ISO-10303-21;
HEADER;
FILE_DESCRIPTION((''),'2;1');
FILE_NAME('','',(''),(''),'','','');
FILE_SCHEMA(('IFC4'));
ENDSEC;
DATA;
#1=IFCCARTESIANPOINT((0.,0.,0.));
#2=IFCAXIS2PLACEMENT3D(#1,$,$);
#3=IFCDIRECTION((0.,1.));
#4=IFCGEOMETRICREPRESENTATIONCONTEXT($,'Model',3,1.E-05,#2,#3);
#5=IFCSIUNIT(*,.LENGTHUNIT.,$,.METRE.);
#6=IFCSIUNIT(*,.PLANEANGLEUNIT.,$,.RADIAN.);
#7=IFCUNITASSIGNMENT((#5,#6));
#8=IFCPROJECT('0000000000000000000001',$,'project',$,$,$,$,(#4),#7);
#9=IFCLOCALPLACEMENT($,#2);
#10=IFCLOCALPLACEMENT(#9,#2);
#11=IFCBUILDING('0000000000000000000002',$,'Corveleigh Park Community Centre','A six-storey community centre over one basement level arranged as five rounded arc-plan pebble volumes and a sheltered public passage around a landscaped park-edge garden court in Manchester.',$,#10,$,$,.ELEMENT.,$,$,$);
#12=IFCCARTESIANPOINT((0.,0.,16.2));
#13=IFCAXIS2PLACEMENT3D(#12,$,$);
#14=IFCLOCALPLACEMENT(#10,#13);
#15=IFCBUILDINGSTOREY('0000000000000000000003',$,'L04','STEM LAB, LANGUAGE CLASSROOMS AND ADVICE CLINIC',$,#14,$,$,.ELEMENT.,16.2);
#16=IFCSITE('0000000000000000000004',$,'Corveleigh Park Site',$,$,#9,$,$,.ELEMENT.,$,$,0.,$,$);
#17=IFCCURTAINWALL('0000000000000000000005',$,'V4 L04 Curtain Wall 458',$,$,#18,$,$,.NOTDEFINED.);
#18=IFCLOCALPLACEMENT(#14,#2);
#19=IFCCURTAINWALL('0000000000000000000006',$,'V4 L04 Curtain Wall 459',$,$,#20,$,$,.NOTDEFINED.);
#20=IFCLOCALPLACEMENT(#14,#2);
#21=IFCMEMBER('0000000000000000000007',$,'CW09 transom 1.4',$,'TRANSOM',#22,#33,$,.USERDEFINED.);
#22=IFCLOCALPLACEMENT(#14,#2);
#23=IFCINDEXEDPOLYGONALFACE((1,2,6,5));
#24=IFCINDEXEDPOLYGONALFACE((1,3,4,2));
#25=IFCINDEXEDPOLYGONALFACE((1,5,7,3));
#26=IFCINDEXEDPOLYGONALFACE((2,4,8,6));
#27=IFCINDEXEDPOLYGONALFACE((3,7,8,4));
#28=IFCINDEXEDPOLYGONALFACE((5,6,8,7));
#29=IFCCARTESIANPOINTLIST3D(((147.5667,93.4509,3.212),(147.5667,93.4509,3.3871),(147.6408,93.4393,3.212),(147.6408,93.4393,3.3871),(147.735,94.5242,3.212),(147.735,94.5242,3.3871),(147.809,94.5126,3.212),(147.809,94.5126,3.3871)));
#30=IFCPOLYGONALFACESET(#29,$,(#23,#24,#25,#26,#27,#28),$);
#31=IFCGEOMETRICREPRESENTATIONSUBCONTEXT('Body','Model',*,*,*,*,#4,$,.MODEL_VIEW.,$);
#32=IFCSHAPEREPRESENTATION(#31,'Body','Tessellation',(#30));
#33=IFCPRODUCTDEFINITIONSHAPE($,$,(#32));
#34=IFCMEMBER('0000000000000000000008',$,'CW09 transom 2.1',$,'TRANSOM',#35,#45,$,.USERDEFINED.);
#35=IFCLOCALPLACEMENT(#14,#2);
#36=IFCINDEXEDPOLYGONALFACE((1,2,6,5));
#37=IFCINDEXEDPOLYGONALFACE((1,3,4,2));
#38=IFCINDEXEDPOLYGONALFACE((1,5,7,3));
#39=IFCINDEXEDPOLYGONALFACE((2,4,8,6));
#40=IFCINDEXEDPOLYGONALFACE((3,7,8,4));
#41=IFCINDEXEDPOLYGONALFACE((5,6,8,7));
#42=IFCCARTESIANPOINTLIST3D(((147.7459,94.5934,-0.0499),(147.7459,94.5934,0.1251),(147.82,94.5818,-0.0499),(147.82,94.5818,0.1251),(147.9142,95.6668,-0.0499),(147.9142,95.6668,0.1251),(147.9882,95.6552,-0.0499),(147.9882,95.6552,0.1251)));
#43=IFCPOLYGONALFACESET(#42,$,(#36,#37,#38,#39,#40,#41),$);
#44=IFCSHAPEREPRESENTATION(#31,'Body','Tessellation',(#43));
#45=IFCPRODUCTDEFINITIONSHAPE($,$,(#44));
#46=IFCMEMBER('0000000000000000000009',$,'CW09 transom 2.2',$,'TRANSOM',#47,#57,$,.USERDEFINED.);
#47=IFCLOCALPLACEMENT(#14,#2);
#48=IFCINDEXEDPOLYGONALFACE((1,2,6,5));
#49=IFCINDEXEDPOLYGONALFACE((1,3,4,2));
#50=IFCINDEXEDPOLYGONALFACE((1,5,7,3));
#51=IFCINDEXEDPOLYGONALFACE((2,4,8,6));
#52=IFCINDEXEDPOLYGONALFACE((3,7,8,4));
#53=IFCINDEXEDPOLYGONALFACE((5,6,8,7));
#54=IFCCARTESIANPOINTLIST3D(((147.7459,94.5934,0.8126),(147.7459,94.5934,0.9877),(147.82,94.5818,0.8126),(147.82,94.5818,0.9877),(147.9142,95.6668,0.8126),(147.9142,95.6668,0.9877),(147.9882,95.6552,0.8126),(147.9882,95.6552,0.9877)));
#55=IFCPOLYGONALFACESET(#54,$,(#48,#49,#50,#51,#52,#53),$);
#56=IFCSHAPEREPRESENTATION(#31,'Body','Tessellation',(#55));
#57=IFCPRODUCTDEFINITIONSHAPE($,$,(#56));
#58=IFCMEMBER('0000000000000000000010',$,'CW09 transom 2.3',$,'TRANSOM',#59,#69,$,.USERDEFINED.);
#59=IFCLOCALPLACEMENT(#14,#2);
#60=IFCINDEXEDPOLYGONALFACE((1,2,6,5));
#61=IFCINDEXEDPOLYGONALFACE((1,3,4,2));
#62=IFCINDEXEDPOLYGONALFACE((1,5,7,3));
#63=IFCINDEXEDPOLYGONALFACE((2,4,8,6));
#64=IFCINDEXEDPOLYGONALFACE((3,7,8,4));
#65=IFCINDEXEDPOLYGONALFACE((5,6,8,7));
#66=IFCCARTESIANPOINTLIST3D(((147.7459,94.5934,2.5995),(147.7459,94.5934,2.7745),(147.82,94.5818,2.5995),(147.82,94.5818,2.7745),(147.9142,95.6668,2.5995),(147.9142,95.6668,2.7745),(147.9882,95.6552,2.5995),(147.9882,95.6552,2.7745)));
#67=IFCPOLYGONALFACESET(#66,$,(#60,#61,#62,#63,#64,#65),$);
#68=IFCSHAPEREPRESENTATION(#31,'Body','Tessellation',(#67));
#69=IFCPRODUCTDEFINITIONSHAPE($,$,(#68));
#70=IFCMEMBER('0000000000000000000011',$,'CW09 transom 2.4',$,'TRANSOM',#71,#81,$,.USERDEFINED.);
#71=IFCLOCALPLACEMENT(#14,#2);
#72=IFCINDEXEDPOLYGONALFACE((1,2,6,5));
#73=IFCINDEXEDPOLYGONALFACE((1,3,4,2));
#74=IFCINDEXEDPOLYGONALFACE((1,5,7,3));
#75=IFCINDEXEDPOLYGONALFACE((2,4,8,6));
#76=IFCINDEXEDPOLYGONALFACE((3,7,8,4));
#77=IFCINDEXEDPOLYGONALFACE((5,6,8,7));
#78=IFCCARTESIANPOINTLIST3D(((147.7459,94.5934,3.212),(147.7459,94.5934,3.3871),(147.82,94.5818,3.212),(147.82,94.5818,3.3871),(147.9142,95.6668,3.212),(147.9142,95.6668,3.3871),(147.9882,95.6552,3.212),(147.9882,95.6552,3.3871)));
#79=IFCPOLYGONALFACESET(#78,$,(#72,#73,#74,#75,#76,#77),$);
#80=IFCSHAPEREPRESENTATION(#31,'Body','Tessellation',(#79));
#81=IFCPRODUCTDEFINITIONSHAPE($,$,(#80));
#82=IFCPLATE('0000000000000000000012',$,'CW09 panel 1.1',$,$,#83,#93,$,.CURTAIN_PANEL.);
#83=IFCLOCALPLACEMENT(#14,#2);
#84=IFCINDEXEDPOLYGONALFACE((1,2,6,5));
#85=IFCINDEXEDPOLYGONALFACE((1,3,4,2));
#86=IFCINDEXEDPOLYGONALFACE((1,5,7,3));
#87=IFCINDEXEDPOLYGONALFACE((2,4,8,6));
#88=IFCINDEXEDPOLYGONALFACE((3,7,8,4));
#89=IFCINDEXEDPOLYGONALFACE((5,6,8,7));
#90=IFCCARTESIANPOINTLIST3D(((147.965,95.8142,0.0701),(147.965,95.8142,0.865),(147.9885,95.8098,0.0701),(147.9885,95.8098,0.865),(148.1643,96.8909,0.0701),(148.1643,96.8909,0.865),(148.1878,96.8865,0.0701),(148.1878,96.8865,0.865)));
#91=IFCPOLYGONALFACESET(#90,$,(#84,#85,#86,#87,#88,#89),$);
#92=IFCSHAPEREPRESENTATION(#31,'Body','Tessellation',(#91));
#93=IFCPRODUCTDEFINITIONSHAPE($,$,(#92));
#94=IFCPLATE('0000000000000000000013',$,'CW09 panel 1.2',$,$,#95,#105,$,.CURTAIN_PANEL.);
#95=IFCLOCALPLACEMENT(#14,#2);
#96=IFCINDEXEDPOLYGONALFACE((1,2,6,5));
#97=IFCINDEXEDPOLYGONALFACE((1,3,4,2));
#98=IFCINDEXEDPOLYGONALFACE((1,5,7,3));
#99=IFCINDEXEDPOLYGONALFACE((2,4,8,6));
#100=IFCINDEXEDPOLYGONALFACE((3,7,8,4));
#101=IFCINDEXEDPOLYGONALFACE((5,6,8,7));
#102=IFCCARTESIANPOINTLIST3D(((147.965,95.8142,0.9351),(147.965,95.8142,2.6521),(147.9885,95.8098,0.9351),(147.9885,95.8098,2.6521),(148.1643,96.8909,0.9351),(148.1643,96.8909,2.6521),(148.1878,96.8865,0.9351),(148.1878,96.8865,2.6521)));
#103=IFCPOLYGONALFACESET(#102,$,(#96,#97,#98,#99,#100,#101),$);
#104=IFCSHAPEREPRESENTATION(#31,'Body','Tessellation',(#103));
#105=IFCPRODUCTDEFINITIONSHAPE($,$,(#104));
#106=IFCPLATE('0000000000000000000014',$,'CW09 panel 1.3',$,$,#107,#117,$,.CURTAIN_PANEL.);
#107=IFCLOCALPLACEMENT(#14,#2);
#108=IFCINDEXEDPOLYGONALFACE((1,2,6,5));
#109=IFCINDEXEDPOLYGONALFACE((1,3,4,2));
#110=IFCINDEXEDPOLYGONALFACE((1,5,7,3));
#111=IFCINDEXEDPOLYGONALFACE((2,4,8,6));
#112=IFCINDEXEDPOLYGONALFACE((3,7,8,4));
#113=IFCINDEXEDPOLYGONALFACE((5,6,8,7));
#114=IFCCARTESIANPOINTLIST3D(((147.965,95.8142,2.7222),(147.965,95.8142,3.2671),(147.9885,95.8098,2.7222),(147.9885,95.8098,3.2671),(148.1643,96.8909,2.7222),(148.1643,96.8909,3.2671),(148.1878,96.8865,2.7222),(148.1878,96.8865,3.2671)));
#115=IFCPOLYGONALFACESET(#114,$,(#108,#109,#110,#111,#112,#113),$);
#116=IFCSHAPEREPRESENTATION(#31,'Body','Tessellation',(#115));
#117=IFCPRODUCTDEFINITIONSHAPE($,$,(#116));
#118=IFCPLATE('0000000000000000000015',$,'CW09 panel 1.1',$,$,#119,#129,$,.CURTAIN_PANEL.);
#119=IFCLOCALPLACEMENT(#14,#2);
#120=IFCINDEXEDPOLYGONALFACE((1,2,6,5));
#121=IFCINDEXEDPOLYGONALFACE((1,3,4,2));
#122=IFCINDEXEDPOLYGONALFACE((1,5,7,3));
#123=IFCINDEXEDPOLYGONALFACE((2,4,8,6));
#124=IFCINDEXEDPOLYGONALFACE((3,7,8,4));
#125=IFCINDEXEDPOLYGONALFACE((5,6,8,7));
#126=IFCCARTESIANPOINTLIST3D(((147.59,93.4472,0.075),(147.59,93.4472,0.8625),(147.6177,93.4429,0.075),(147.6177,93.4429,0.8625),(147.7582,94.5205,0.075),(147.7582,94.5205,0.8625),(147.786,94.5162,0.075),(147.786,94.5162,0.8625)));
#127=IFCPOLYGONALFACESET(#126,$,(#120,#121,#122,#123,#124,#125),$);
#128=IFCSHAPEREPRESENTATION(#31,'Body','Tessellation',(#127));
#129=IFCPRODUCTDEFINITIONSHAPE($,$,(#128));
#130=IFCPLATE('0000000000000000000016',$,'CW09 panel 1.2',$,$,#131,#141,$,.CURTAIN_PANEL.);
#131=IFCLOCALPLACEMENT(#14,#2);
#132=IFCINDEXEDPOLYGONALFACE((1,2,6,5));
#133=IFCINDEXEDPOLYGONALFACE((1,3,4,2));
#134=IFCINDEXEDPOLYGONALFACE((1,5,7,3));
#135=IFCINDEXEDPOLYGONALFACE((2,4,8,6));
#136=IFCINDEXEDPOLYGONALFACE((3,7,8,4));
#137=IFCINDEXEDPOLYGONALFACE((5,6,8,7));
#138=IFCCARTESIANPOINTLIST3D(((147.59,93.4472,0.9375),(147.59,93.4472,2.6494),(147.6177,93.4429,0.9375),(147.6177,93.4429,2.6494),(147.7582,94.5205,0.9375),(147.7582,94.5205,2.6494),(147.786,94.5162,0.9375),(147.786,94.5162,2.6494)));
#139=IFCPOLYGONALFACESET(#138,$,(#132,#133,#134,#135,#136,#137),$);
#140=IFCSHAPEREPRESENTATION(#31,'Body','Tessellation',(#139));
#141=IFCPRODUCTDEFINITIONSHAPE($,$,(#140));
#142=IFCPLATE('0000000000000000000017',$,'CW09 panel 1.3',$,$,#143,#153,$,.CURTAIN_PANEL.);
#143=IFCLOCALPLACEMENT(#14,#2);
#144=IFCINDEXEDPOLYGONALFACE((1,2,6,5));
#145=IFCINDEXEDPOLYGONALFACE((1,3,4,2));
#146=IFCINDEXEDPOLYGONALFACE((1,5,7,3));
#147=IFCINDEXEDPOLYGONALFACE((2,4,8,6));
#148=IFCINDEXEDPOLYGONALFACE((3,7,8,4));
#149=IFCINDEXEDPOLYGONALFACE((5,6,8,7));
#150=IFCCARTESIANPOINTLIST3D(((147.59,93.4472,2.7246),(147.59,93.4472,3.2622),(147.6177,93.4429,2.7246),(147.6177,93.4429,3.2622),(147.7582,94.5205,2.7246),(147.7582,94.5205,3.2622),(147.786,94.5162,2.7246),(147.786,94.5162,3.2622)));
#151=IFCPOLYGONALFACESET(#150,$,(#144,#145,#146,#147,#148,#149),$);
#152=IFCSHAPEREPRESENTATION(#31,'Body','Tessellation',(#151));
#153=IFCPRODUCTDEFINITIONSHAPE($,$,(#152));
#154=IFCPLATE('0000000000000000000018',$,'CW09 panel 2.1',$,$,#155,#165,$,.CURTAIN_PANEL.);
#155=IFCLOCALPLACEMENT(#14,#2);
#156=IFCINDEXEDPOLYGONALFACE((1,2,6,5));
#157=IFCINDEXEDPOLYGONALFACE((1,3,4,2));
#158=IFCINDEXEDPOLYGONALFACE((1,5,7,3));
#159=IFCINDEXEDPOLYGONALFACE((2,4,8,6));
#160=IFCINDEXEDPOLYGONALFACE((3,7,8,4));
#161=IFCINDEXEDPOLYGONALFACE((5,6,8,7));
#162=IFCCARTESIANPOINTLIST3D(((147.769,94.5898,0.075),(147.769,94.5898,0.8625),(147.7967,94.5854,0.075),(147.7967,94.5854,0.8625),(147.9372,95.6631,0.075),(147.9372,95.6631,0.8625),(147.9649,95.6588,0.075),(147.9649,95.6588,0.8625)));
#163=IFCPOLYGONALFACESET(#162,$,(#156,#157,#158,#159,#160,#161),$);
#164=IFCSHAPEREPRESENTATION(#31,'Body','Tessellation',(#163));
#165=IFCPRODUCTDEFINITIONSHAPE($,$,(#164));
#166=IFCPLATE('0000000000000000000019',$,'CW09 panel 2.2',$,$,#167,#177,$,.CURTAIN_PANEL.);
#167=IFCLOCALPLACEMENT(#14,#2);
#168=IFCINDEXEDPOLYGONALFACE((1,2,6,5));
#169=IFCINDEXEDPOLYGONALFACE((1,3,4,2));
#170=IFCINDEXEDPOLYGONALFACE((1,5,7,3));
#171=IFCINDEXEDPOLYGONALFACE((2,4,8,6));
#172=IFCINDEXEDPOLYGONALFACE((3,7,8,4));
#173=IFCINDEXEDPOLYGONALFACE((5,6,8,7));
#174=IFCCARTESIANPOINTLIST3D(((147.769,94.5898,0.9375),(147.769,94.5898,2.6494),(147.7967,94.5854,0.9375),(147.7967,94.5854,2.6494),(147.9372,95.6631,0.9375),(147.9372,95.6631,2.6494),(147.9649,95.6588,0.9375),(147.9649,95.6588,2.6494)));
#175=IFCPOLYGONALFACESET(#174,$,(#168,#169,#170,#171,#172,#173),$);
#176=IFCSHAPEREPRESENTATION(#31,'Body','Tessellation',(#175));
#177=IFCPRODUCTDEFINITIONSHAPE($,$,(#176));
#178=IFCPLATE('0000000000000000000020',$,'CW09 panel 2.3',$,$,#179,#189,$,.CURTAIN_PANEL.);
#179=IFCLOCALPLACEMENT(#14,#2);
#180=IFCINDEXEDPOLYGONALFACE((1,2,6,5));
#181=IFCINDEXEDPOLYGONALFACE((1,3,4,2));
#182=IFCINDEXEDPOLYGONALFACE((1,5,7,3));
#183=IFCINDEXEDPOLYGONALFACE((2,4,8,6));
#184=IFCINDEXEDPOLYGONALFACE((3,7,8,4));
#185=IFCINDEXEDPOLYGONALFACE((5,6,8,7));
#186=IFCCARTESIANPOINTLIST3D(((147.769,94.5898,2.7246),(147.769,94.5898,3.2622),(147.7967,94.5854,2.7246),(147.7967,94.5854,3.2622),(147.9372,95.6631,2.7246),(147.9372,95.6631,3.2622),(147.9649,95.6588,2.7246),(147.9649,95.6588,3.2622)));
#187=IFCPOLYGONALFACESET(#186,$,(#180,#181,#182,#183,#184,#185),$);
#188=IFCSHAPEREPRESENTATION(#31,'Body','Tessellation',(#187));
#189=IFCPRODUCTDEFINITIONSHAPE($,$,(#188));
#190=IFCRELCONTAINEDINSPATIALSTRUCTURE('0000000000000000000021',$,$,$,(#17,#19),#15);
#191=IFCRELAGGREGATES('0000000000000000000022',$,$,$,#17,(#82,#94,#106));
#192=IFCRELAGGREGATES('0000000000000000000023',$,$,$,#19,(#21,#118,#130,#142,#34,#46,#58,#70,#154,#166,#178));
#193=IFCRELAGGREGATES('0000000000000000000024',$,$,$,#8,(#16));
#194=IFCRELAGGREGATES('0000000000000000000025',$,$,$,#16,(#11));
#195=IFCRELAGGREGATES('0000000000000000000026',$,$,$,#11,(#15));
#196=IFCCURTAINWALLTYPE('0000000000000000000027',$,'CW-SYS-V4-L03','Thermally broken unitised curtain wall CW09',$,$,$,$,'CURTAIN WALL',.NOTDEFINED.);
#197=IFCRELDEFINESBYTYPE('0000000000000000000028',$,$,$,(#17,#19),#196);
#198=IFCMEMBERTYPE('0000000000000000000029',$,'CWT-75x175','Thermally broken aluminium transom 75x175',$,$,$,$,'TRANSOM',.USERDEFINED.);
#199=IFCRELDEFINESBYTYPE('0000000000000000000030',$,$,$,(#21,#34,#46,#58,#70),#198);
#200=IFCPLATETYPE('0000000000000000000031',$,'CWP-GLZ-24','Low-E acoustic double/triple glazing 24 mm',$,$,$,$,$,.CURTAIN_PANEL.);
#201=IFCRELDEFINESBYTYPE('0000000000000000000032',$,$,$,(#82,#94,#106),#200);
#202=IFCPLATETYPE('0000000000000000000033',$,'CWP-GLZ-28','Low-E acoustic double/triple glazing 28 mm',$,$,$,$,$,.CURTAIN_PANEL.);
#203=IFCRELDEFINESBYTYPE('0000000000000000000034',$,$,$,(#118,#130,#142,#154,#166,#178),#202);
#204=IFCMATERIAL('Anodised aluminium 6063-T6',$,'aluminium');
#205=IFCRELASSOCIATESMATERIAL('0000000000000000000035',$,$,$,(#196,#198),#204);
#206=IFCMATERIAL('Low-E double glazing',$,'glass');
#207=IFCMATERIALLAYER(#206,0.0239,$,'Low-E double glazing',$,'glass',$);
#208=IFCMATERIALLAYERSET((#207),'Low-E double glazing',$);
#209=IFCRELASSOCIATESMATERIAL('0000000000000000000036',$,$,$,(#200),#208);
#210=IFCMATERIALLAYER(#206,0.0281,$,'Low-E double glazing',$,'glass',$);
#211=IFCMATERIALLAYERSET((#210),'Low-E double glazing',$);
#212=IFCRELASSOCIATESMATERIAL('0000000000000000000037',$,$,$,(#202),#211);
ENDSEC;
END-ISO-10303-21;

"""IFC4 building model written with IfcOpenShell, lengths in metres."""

from ifc_helpers import new_model, si_unit, direction, frame, origin, origin_2d, place, context, subcontext, project, spatial, rectangle, extrude, material, layer, layer_set, material_profile, profile_set, type_object, element, aggregate, save


model = new_model("IFC4")

# Units and contexts
model_context = context("Model", 3, precision=1e-05, world=origin(), true_north=direction((0.0, 1.0)))
body_context = subcontext(model_context, "Body", "Model", "MODEL_VIEW")
ifc_project = project(units=[si_unit("LENGTHUNIT", "METRE"), si_unit("PLANEANGLEUNIT", "RADIAN")], contexts=[model_context])

# Site, building, storey
site_placement = place(None, origin())
site = spatial("IfcSite", under=ifc_project, at=site_placement, Name="Corveleigh Park Site", CompositionType="ELEMENT", RefElevation=0.0)
building_placement = place(site_placement, origin())
building = spatial("IfcBuilding", under=site, at=building_placement, Name="Corveleigh Park Community Centre", Description="A six-storey community centre over one basement level arranged as five rounded arc-plan pebble volumes and a sheltered public passage around a landscaped park-edge garden court in Manchester.", CompositionType="ELEMENT")
storey_placement = place(building_placement, frame((0.0, 0.0, 16.2)))
storey = spatial("IfcBuildingStorey", under=building, at=storey_placement, Name="L04", Description="STEM LAB, LANGUAGE CLASSROOMS AND ADVICE CLINIC", CompositionType="ELEMENT", Elevation=16.2)

# Curtain wall
ifc_material_1 = material(Name="Anodised aluminium 6063-T6", Category="aluminium")
curtain_wall_type = type_object("IfcCurtainWallType", Name="CW-SYS-V4-L03", Description="Thermally broken unitised curtain wall CW09", ElementType="CURTAIN WALL", PredefinedType="NOTDEFINED", material=ifc_material_1)
curtain_wall_1_placement = place(storey_placement, origin())
curtain_wall_1 = element("IfcCurtainWall", 1, at=curtain_wall_1_placement, inside=storey, type_object=curtain_wall_type, Name="V4 L04 Curtain Wall 458", PredefinedType="NOTDEFINED")

# Curtain wall
curtain_wall_2_placement = place(storey_placement, origin())
curtain_wall_2 = element("IfcCurtainWall", 2, at=curtain_wall_2_placement, inside=storey, type_object=curtain_wall_type, Name="V4 L04 Curtain Wall 459", PredefinedType="NOTDEFINED")

# Members
ifc_material_profile_1 = material_profile(ifc_material_1, rectangle(XDim=0.075, YDim=0.175, at=origin_2d()), Name="ALU-T75x175", Category="aluminium")
ifc_profile_set_1 = profile_set([ifc_material_profile_1], Name="Anodised aluminium 6063-T6")
member_type_1 = type_object("IfcMemberType", Name="CWT-75x175", Description="Thermally broken aluminium transom 75x175", ElementType="TRANSOM", PredefinedType="USERDEFINED", material=ifc_profile_set_1)
member_1_placement = place(storey_placement, frame((147.6038, 93.4451, 3.2996), z_axis=(0.154843, 0.987939, 0.0), x_axis=(-0.987939, 0.154843, 0.0)))
member_1 = element("IfcMember", 3, at=member_1_placement, type_object=member_type_1, Name="CW09 transom 1.4", ObjectType="TRANSOM", PredefinedType="USERDEFINED", context=body_context, shape_type="SweptSolid", body=[
    extrude(rectangle(XDim=0.075, YDim=0.175, at=origin_2d()), origin(), (0.0, 0.0, 1.0), 1.0864),
])
member_2_placement = place(storey_placement, frame((147.783, 94.5876, 0.0376), z_axis=(0.154843, 0.987939, 0.0), x_axis=(-0.987939, 0.154843, 0.0)))
member_2 = element("IfcMember", 4, at=member_2_placement, type_object=member_type_1, Name="CW09 transom 2.1", ObjectType="TRANSOM", PredefinedType="USERDEFINED", context=body_context, shape_type="SweptSolid", body=[
    extrude(rectangle(XDim=0.075, YDim=0.175, at=origin_2d()), origin(), (0.0, 0.0, 1.0), 1.0864),
])
member_3_placement = place(storey_placement, frame((147.783, 94.5876, 0.9001), z_axis=(0.154843, 0.987939, 0.0), x_axis=(-0.987939, 0.154843, 0.0)))
member_3 = element("IfcMember", 5, at=member_3_placement, type_object=member_type_1, Name="CW09 transom 2.2", ObjectType="TRANSOM", PredefinedType="USERDEFINED", context=body_context, shape_type="SweptSolid", body=[
    extrude(rectangle(XDim=0.075, YDim=0.175, at=origin_2d()), origin(), (0.0, 0.0, 1.0), 1.0864),
])
member_4_placement = place(storey_placement, frame((147.783, 94.5876, 2.687), z_axis=(0.154843, 0.987939, 0.0), x_axis=(-0.987939, 0.154843, 0.0)))
member_4 = element("IfcMember", 6, at=member_4_placement, type_object=member_type_1, Name="CW09 transom 2.3", ObjectType="TRANSOM", PredefinedType="USERDEFINED", context=body_context, shape_type="SweptSolid", body=[
    extrude(rectangle(XDim=0.075, YDim=0.175, at=origin_2d()), origin(), (0.0, 0.0, 1.0), 1.0864),
])
member_5_placement = place(storey_placement, frame((147.783, 94.5876, 3.2996), z_axis=(0.154843, 0.987939, 0.0), x_axis=(-0.987939, 0.154843, 0.0)))
member_5 = element("IfcMember", 7, at=member_5_placement, type_object=member_type_1, Name="CW09 transom 2.4", ObjectType="TRANSOM", PredefinedType="USERDEFINED", context=body_context, shape_type="SweptSolid", body=[
    extrude(rectangle(XDim=0.075, YDim=0.175, at=origin_2d()), origin(), (0.0, 0.0, 1.0), 1.0864),
])

# Plates
ifc_material_2 = material(Name="Low-E double glazing", Category="glass")
ifc_layer_1 = layer(ifc_material_2, 0.0239, Name="Low-E double glazing", Category="glass")
ifc_layer_set_1 = layer_set([ifc_layer_1], Name="Low-E double glazing")
plate_type_1 = type_object("IfcPlateType", Name="CWP-GLZ-24", Description="Low-E acoustic double/triple glazing 24 mm", PredefinedType="CURTAIN_PANEL", material=ifc_layer_set_1)
plate_1_placement = place(storey_placement, frame((148.0764, 96.3503, 0.0701), z_axis=(0.0, 0.0, 1.0), x_axis=(0.181984, 0.983301, 0.0)))
plate_1 = element("IfcPlate", 8, at=plate_1_placement, type_object=plate_type_1, Name="CW09 panel 1.1", PredefinedType="CURTAIN_PANEL", context=body_context, shape_type="SweptSolid", body=[
    extrude(rectangle(XDim=1.095, YDim=0.0239, at=origin_2d()), origin(), (0.0, 0.0, 1.0), 0.7949),
])
plate_2_placement = place(storey_placement, frame((148.0764, 96.3503, 0.9351), z_axis=(0.0, 0.0, 1.0), x_axis=(0.181984, 0.983301, 0.0)))
plate_2 = element("IfcPlate", 9, at=plate_2_placement, type_object=plate_type_1, Name="CW09 panel 1.2", PredefinedType="CURTAIN_PANEL", context=body_context, shape_type="SweptSolid", body=[
    extrude(rectangle(XDim=1.095, YDim=0.0239, at=origin_2d()), origin(), (0.0, 0.0, 1.0), 1.717),
])
plate_3_placement = place(storey_placement, frame((148.0764, 96.3503, 2.7222), z_axis=(0.0, 0.0, 1.0), x_axis=(0.181984, 0.983301, 0.0)))
plate_3 = element("IfcPlate", 10, at=plate_3_placement, type_object=plate_type_1, Name="CW09 panel 1.3", PredefinedType="CURTAIN_PANEL", context=body_context, shape_type="SweptSolid", body=[
    extrude(rectangle(XDim=1.095, YDim=0.0239, at=origin_2d()), origin(), (0.0, 0.0, 1.0), 0.5449),
])
aggregate(curtain_wall_1, [plate_1, plate_2, plate_3])
ifc_layer_2 = layer(ifc_material_2, 0.0281, Name="Low-E double glazing", Category="glass")
ifc_layer_set_2 = layer_set([ifc_layer_2], Name="Low-E double glazing")
plate_type_2 = type_object("IfcPlateType", Name="CWP-GLZ-28", Description="Low-E acoustic double/triple glazing 28 mm", PredefinedType="CURTAIN_PANEL", material=ifc_layer_set_2)
plate_4_placement = place(storey_placement, frame((147.688, 93.9817, 0.075), z_axis=(0.0, 0.0, 1.0), x_axis=(0.154863, 0.987936, 0.0)))
plate_4 = element("IfcPlate", 11, at=plate_4_placement, type_object=plate_type_2, Name="CW09 panel 1.1", PredefinedType="CURTAIN_PANEL", context=body_context, shape_type="SweptSolid", body=[
    extrude(rectangle(XDim=1.0864, YDim=0.0281, at=origin_2d()), origin(), (0.0, 0.0, 1.0), 0.7876),
])
plate_5_placement = place(storey_placement, frame((147.688, 93.9817, 0.9375), z_axis=(0.0, 0.0, 1.0), x_axis=(0.154863, 0.987936, 0.0)))
plate_5 = element("IfcPlate", 12, at=plate_5_placement, type_object=plate_type_2, Name="CW09 panel 1.2", PredefinedType="CURTAIN_PANEL", context=body_context, shape_type="SweptSolid", body=[
    extrude(rectangle(XDim=1.0864, YDim=0.0281, at=origin_2d()), origin(), (0.0, 0.0, 1.0), 1.7119),
])
plate_6_placement = place(storey_placement, frame((147.688, 93.9817, 2.7246), z_axis=(0.0, 0.0, 1.0), x_axis=(0.154863, 0.987936, 0.0)))
plate_6 = element("IfcPlate", 13, at=plate_6_placement, type_object=plate_type_2, Name="CW09 panel 1.3", PredefinedType="CURTAIN_PANEL", context=body_context, shape_type="SweptSolid", body=[
    extrude(rectangle(XDim=1.0864, YDim=0.0281, at=origin_2d()), origin(), (0.0, 0.0, 1.0), 0.5376),
])
plate_7_placement = place(storey_placement, frame((147.8669, 95.1243, 0.075), z_axis=(0.0, 0.0, 1.0), x_axis=(0.154863, 0.987936, 0.0)))
plate_7 = element("IfcPlate", 14, at=plate_7_placement, type_object=plate_type_2, Name="CW09 panel 2.1", PredefinedType="CURTAIN_PANEL", context=body_context, shape_type="SweptSolid", body=[
    extrude(rectangle(XDim=1.0864, YDim=0.0281, at=origin_2d()), origin(), (0.0, 0.0, 1.0), 0.7876),
])
plate_8_placement = place(storey_placement, frame((147.8669, 95.1243, 0.9375), z_axis=(0.0, 0.0, 1.0), x_axis=(0.154863, 0.987936, 0.0)))
plate_8 = element("IfcPlate", 15, at=plate_8_placement, type_object=plate_type_2, Name="CW09 panel 2.2", PredefinedType="CURTAIN_PANEL", context=body_context, shape_type="SweptSolid", body=[
    extrude(rectangle(XDim=1.0864, YDim=0.0281, at=origin_2d()), origin(), (0.0, 0.0, 1.0), 1.7119),
])
plate_9_placement = place(storey_placement, frame((147.8669, 95.1243, 2.7246), z_axis=(0.0, 0.0, 1.0), x_axis=(0.154863, 0.987936, 0.0)))
plate_9 = element("IfcPlate", 16, at=plate_9_placement, type_object=plate_type_2, Name="CW09 panel 2.3", PredefinedType="CURTAIN_PANEL", context=body_context, shape_type="SweptSolid", body=[
    extrude(rectangle(XDim=1.0864, YDim=0.0281, at=origin_2d()), origin(), (0.0, 0.0, 1.0), 0.5376),
])
aggregate(curtain_wall_2, [member_1, plate_4, plate_5, plate_6, member_2, member_3, member_4, member_5, plate_7, plate_8, plate_9])

save(model, "model.ifc")
